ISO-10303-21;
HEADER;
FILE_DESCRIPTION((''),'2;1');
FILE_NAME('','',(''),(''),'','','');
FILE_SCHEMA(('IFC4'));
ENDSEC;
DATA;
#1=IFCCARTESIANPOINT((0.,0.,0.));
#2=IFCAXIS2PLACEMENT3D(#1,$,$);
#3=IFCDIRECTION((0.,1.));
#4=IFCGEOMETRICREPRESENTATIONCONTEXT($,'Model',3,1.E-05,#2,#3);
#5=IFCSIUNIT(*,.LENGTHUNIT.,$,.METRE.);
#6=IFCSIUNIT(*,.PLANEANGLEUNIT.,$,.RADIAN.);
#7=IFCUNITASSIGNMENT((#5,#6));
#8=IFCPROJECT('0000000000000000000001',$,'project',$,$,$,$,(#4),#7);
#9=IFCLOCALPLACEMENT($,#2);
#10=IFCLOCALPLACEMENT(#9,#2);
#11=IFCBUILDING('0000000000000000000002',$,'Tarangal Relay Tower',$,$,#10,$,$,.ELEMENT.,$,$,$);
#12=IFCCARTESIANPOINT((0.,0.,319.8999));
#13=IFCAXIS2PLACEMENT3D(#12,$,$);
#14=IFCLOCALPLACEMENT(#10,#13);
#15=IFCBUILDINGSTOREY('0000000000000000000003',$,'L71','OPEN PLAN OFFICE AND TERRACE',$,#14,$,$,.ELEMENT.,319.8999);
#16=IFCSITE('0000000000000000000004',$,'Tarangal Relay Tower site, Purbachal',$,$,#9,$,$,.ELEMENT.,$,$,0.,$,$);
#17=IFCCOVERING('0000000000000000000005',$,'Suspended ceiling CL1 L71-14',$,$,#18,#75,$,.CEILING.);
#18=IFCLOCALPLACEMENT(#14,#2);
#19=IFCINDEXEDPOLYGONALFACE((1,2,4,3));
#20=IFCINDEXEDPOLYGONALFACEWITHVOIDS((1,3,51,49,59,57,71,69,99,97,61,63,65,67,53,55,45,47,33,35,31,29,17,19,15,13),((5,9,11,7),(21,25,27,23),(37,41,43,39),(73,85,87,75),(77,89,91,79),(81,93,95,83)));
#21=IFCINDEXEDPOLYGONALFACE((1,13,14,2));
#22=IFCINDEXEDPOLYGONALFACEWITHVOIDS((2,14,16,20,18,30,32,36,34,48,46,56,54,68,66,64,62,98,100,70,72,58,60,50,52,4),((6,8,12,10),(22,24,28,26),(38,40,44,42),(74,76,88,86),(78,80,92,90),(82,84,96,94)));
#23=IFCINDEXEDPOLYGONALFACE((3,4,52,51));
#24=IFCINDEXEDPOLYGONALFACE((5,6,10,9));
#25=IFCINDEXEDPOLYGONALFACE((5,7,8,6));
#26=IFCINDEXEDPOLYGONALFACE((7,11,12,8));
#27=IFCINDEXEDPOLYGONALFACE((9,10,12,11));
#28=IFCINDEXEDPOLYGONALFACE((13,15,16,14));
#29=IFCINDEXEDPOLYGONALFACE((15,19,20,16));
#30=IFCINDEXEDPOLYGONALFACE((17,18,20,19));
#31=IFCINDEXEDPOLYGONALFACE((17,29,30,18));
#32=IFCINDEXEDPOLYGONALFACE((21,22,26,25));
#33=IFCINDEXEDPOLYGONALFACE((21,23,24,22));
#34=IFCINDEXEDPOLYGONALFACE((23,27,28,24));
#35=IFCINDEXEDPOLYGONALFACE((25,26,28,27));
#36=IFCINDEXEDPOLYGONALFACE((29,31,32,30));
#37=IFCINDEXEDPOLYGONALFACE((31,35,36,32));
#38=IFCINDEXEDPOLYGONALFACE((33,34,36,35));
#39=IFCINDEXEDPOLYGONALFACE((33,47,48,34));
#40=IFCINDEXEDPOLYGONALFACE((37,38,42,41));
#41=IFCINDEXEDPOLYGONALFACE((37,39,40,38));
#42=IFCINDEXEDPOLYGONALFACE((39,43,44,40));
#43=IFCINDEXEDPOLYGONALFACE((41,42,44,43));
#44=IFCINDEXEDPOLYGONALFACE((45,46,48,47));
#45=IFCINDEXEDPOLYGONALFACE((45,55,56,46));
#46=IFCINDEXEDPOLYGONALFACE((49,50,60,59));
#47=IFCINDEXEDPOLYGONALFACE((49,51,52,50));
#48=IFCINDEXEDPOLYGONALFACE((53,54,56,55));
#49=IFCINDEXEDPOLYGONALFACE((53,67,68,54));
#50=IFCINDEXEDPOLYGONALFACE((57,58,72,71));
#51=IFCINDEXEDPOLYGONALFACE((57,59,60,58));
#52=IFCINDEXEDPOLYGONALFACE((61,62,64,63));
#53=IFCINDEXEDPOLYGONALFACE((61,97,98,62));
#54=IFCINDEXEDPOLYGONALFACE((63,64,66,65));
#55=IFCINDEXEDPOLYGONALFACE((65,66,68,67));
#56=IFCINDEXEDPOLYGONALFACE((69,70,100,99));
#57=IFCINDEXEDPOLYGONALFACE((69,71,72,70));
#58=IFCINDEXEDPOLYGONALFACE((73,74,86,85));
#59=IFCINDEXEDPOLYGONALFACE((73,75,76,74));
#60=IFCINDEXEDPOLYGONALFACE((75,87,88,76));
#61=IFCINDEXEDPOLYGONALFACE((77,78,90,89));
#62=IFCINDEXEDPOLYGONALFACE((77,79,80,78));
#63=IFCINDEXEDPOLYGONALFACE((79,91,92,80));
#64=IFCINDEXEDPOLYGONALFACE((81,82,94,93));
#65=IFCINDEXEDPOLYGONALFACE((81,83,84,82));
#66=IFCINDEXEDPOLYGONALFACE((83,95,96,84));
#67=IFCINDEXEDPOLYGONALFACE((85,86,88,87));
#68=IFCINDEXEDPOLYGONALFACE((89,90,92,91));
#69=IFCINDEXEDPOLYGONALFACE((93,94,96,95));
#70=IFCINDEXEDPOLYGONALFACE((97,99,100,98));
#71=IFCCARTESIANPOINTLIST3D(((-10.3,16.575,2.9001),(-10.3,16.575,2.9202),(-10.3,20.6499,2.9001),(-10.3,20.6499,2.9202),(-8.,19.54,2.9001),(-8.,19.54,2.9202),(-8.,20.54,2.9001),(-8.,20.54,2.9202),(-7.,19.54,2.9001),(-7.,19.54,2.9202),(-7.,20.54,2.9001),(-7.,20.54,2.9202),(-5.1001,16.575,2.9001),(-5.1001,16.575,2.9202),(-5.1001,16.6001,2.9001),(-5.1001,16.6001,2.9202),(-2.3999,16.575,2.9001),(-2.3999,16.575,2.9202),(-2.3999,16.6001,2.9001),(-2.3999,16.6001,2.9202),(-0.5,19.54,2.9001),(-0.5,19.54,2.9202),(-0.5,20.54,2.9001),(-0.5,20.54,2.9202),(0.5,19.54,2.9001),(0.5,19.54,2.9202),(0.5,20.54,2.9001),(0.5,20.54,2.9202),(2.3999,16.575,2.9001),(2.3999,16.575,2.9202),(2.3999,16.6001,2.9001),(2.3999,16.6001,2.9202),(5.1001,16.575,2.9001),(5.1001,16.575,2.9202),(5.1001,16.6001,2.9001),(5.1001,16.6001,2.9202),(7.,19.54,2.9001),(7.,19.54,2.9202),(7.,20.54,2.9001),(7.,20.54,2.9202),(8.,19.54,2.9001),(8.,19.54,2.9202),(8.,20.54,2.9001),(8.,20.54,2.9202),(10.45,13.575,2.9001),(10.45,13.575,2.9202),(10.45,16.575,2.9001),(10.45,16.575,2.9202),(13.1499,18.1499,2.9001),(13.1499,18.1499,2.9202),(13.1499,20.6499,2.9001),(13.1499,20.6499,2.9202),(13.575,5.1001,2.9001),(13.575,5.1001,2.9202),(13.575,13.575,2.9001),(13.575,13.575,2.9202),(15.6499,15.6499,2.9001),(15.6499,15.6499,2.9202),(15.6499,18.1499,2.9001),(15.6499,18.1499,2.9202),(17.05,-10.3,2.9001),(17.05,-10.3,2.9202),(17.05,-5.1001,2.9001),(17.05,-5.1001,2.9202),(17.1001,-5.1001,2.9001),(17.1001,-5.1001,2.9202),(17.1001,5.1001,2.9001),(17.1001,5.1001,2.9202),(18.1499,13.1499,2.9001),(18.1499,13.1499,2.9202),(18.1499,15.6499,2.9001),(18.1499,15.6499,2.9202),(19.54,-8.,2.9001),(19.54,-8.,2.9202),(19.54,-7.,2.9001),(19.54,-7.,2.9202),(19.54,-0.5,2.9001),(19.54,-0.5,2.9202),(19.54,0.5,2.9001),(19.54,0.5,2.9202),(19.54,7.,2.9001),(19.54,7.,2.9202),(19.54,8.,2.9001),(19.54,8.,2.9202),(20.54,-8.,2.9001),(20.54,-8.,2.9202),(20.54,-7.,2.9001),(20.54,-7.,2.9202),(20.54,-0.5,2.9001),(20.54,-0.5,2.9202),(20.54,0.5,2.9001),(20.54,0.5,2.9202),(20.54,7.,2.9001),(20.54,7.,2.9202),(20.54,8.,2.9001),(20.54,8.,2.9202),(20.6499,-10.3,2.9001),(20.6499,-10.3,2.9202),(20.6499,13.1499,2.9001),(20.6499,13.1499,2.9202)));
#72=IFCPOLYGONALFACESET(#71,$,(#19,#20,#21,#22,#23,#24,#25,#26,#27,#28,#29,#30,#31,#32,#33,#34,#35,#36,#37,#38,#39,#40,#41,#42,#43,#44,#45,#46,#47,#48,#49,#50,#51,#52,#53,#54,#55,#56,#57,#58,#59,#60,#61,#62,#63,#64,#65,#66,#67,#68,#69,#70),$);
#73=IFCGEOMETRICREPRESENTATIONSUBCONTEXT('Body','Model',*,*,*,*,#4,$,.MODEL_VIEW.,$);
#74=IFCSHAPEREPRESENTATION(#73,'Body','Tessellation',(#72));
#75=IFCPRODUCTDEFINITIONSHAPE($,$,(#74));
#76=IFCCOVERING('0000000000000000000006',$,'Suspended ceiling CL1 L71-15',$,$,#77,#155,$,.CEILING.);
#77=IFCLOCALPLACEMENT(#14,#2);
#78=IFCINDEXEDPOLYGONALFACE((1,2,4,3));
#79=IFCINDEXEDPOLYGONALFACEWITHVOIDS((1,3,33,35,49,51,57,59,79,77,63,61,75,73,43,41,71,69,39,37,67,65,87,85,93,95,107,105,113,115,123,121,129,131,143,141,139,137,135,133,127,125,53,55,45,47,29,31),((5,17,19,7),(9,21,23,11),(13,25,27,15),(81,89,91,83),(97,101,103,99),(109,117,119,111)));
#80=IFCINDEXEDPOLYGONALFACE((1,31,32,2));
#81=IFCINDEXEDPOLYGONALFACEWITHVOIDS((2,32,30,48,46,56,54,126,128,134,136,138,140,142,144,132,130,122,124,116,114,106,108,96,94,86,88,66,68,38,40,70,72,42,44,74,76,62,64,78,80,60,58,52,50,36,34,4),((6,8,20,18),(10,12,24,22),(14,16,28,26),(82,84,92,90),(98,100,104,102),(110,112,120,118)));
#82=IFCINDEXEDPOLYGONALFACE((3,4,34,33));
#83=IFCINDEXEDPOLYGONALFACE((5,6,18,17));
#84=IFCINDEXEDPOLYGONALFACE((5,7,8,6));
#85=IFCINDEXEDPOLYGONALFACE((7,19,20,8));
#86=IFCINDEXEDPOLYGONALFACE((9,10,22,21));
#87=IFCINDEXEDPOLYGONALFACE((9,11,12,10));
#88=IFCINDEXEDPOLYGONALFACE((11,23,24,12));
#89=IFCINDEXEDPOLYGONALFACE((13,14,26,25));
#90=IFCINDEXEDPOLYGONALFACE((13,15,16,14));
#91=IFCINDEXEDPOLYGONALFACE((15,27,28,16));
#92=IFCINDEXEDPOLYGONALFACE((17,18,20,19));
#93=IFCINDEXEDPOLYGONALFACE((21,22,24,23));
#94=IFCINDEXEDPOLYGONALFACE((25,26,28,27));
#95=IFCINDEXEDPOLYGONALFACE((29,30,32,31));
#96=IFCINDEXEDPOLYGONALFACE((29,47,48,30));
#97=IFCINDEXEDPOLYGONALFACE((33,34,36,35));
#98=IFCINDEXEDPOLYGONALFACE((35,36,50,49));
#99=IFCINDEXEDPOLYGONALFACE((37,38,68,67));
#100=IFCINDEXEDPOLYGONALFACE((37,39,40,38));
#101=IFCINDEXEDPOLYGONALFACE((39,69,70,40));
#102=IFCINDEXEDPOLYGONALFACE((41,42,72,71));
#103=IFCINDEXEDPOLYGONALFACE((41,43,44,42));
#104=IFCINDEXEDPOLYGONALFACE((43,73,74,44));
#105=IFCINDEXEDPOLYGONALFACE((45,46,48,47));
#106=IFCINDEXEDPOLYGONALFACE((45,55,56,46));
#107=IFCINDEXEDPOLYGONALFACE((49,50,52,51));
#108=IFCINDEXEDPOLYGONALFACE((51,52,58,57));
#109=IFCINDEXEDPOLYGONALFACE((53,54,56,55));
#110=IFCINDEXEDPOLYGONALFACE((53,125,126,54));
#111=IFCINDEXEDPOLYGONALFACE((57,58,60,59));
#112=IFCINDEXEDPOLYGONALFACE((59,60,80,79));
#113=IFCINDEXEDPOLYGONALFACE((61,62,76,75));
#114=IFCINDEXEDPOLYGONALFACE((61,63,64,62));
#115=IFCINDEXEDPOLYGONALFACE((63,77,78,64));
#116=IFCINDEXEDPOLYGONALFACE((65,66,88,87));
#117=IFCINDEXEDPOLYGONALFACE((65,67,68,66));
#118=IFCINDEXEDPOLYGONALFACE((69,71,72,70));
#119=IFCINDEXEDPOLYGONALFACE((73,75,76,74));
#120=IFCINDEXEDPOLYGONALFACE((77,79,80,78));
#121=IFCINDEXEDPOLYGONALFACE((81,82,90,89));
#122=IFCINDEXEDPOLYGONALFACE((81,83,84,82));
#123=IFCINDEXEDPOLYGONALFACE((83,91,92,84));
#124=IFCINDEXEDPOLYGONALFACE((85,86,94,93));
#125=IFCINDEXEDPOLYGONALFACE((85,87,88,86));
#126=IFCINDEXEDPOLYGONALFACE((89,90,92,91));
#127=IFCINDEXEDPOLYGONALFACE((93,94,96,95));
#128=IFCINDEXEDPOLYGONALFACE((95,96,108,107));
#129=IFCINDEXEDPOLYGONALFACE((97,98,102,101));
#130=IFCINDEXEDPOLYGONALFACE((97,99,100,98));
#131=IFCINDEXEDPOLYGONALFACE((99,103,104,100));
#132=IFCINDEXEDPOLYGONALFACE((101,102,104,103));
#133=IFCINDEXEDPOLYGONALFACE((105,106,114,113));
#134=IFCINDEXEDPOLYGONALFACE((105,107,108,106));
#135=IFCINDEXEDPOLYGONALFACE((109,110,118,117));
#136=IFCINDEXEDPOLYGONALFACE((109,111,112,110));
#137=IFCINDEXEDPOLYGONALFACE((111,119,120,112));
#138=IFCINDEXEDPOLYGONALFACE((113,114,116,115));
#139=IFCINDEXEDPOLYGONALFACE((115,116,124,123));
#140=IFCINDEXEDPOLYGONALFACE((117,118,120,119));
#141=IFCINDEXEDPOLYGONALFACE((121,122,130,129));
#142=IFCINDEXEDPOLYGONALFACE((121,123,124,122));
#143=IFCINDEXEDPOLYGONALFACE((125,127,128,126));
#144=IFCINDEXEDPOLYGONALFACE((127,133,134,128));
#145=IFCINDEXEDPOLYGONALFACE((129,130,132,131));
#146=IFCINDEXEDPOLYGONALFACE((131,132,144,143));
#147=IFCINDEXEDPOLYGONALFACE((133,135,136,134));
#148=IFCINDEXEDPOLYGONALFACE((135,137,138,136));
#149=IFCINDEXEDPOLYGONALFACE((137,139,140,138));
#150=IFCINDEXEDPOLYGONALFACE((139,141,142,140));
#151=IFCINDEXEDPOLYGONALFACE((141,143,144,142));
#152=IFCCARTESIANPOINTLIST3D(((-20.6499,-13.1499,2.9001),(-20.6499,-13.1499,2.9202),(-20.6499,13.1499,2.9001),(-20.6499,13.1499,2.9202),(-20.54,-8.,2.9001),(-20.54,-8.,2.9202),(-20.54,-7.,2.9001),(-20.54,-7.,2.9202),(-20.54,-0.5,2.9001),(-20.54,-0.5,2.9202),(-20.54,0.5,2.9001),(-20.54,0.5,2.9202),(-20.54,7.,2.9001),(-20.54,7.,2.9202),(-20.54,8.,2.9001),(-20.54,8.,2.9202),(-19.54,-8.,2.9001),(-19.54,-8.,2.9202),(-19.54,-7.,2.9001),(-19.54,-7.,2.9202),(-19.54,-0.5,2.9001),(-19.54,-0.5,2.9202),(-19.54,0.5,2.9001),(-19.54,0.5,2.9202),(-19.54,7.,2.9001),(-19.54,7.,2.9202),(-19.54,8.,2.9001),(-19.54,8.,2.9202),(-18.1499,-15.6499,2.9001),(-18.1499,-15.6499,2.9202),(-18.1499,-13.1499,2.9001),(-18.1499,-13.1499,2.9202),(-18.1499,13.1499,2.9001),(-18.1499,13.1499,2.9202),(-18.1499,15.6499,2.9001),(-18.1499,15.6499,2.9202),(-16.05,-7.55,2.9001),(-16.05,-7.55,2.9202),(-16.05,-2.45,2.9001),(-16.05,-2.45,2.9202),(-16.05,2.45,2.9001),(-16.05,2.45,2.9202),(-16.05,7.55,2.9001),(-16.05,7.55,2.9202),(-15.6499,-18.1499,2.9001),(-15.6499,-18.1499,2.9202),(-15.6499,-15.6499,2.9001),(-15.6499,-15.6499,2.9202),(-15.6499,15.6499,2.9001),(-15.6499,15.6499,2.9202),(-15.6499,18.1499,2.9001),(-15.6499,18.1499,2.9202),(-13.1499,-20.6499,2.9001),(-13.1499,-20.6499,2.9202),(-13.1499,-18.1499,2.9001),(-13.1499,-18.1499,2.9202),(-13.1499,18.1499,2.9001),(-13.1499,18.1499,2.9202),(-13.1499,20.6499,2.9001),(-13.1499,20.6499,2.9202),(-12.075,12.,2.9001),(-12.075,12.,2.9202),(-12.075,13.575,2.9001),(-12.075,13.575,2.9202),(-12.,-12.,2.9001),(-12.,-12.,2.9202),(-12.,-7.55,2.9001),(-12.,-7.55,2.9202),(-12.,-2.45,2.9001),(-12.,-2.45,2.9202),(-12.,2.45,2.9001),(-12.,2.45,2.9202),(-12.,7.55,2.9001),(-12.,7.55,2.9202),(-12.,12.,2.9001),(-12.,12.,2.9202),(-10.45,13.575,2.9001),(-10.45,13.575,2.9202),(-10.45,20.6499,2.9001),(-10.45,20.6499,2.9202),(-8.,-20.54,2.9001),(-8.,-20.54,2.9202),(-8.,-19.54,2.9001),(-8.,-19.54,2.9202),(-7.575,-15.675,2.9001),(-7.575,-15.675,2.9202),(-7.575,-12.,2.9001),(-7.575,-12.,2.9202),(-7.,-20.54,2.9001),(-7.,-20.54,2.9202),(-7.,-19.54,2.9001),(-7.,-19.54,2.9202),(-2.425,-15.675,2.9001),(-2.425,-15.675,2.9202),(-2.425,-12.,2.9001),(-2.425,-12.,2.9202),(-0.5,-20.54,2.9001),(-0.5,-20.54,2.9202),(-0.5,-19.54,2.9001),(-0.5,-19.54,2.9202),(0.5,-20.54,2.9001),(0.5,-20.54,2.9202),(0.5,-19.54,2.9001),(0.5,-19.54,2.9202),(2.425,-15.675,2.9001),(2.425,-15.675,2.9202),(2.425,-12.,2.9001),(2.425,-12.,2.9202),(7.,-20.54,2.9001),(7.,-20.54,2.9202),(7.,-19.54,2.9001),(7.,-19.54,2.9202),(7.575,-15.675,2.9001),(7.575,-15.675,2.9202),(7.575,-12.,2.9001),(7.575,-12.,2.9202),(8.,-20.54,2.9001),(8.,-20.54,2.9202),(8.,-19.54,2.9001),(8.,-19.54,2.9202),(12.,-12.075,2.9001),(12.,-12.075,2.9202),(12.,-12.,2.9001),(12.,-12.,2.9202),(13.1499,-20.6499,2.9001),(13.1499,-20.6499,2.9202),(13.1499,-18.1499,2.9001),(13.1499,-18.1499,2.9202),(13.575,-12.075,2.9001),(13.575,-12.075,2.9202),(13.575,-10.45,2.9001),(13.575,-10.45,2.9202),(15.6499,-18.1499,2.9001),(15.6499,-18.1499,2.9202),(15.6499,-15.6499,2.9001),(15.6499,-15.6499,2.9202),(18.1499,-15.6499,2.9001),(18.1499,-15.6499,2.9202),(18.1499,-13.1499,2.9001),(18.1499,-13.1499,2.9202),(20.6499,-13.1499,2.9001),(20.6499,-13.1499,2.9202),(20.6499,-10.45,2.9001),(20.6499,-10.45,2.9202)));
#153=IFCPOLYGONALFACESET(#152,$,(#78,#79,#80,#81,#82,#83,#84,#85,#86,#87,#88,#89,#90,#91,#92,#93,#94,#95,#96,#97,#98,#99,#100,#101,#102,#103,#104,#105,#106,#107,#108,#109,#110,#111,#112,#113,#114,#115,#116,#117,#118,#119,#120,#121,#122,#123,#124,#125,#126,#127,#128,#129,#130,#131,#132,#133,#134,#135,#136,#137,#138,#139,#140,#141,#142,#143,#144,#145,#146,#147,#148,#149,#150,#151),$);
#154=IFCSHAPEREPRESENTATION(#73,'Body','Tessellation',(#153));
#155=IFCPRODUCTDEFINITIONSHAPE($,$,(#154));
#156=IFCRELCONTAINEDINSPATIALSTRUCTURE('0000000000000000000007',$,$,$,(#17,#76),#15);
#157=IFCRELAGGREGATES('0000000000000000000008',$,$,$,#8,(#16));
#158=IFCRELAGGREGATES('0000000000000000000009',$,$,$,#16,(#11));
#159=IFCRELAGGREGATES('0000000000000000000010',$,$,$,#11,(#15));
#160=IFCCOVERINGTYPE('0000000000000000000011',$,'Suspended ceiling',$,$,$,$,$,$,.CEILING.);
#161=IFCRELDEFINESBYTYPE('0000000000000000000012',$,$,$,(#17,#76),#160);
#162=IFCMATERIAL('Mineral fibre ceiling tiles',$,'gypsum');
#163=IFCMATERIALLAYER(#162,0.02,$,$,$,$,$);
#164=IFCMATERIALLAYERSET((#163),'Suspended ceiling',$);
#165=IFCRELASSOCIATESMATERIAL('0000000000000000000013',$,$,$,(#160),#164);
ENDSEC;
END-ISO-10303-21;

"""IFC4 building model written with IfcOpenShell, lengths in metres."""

from ifc_helpers import new_model, si_unit, direction, frame, origin, place, context, subcontext, project, spatial, polyline, outline, extrude, material, layer, layer_set, type_object, element, save


model = new_model("IFC4")

# Units and contexts
model_context = context("Model", 3, precision=1e-05, world=origin(), true_north=direction((0.0, 1.0)))
body_context = subcontext(model_context, "Body", "Model", "MODEL_VIEW")
ifc_project = project(units=[si_unit("LENGTHUNIT", "METRE"), si_unit("PLANEANGLEUNIT", "RADIAN")], contexts=[model_context])

# Site, building, storey
site_placement = place(None, origin())
site = spatial("IfcSite", under=ifc_project, at=site_placement, Name="Tarangal Relay Tower site, Purbachal", CompositionType="ELEMENT", RefElevation=0.0)
building_placement = place(site_placement, origin())
building = spatial("IfcBuilding", under=site, at=building_placement, Name="Tarangal Relay Tower", CompositionType="ELEMENT")
storey_placement = place(building_placement, frame((0.0, 0.0, 319.8999)))
storey = spatial("IfcBuildingStorey", under=building, at=storey_placement, Name="L71", Description="OPEN PLAN OFFICE AND TERRACE", CompositionType="ELEMENT", Elevation=319.8999)

# Coverings
ifc_material_1 = material(Name="Mineral fibre ceiling tiles", Category="gypsum")
ifc_layer_1 = layer(ifc_material_1, 0.02)
ifc_layer_set_1 = layer_set([ifc_layer_1], Name="Suspended ceiling")
covering_type = type_object("IfcCoveringType", Name="Suspended ceiling", PredefinedType="CEILING", material=ifc_layer_set_1)
covering_1_placement = place(storey_placement, frame((0.0, 0.0, 2.9001)))
element("IfcCovering", 1, at=covering_1_placement, inside=storey, type_object=covering_type, Name="Suspended ceiling CL1 L71-14", PredefinedType="CEILING", context=body_context, shape_type="SweptSolid", body=[
    extrude(outline(polyline([(13.1499, 20.6499), (-10.3, 20.6499), (-10.3, 16.575), (-5.1001, 16.575), (-5.1001, 16.6001), (-2.3999, 16.6001), (-2.3999, 16.575), (2.3999, 16.575), (2.3999, 16.6001), (5.1001, 16.6001), (5.1001, 16.575), (10.45, 16.575), (10.45, 13.575), (13.575, 13.575), (13.575, 5.1001), (17.1001, 5.1001), (17.1001, -5.1001), (17.05, -5.1001), (17.05, -10.3), (20.6499, -10.3), (20.6499, 13.1499), (18.1499, 13.1499), (18.1499, 15.6499), (15.6499, 15.6499), (15.6499, 18.1499), (13.1499, 18.1499), (13.1499, 20.6499)]), holes=[polyline([(19.54, -8.0), (20.54, -8.0), (20.54, -7.0), (19.54, -7.0), (19.54, -8.0)]), polyline([(19.54, 0.5), (19.54, -0.5), (20.54, -0.5), (20.54, 0.5), (19.54, 0.5)]), polyline([(19.54, 8.0), (19.54, 7.0), (20.54, 7.0), (20.54, 8.0), (19.54, 8.0)]), polyline([(-8.0, 19.54), (-7.0, 19.54), (-7.0, 20.54), (-8.0, 20.54), (-8.0, 19.54)]), polyline([(-0.5, 20.54), (-0.5, 19.54), (0.5, 19.54), (0.5, 20.54), (-0.5, 20.54)]), polyline([(7.0, 20.54), (7.0, 19.54), (8.0, 19.54), (8.0, 20.54), (7.0, 20.54)])]), origin(), (0.0, 0.0, 1.0), 0.02),
])
covering_2_placement = place(storey_placement, frame((0.0, 0.0, 2.9001)))
element("IfcCovering", 2, at=covering_2_placement, inside=storey, type_object=covering_type, Name="Suspended ceiling CL1 L71-15", PredefinedType="CEILING", context=body_context, shape_type="SweptSolid", body=[
    extrude(outline(polyline([(-12.0, 2.45), (-16.05, 2.45), (-16.05, 7.55), (-12.0, 7.55), (-12.0, 12.0), (-12.075, 12.0), (-12.075, 13.575), (-10.45, 13.575), (-10.45, 20.6499), (-13.1499, 20.6499), (-13.1499, 18.1499), (-15.6499, 18.1499), (-15.6499, 15.6499), (-18.1499, 15.6499), (-18.1499, 13.1499), (-20.6499, 13.1499), (-20.6499, -13.1499), (-18.1499, -13.1499), (-18.1499, -15.6499), (-15.6499, -15.6499), (-15.6499, -18.1499), (-13.1499, -18.1499), (-13.1499, -20.6499), (13.1499, -20.6499), (13.1499, -18.1499), (15.6499, -18.1499), (15.6499, -15.6499), (18.1499, -15.6499), (18.1499, -13.1499), (20.6499, -13.1499), (20.6499, -10.45), (13.575, -10.45), (13.575, -12.075), (12.0, -12.075), (12.0, -12.0), (7.575, -12.0), (7.575, -15.675), (2.425, -15.675), (2.425, -12.0), (-2.425, -12.0), (-2.425, -15.675), (-7.575, -15.675), (-7.575, -12.0), (-12.0, -12.0), (-12.0, -7.55), (-16.05, -7.55), (-16.05, -2.45), (-12.0, -2.45), (-12.0, 2.45)]), holes=[polyline([(-8.0, -20.54), (-7.0, -20.54), (-7.0, -19.54), (-8.0, -19.54), (-8.0, -20.54)]), polyline([(-0.5, -19.54), (-0.5, -20.54), (0.5, -20.54), (0.5, -19.54), (-0.5, -19.54)]), polyline([(7.0, -19.54), (7.0, -20.54), (8.0, -20.54), (8.0, -19.54), (7.0, -19.54)]), polyline([(-20.54, -8.0), (-19.54, -8.0), (-19.54, -7.0), (-20.54, -7.0), (-20.54, -8.0)]), polyline([(-20.54, 0.5), (-20.54, -0.5), (-19.54, -0.5), (-19.54, 0.5), (-20.54, 0.5)]), polyline([(-20.54, 8.0), (-20.54, 7.0), (-19.54, 7.0), (-19.54, 8.0), (-20.54, 8.0)])]), origin(), (0.0, 0.0, 1.0), 0.02),
])

save(model, "model.ifc")
